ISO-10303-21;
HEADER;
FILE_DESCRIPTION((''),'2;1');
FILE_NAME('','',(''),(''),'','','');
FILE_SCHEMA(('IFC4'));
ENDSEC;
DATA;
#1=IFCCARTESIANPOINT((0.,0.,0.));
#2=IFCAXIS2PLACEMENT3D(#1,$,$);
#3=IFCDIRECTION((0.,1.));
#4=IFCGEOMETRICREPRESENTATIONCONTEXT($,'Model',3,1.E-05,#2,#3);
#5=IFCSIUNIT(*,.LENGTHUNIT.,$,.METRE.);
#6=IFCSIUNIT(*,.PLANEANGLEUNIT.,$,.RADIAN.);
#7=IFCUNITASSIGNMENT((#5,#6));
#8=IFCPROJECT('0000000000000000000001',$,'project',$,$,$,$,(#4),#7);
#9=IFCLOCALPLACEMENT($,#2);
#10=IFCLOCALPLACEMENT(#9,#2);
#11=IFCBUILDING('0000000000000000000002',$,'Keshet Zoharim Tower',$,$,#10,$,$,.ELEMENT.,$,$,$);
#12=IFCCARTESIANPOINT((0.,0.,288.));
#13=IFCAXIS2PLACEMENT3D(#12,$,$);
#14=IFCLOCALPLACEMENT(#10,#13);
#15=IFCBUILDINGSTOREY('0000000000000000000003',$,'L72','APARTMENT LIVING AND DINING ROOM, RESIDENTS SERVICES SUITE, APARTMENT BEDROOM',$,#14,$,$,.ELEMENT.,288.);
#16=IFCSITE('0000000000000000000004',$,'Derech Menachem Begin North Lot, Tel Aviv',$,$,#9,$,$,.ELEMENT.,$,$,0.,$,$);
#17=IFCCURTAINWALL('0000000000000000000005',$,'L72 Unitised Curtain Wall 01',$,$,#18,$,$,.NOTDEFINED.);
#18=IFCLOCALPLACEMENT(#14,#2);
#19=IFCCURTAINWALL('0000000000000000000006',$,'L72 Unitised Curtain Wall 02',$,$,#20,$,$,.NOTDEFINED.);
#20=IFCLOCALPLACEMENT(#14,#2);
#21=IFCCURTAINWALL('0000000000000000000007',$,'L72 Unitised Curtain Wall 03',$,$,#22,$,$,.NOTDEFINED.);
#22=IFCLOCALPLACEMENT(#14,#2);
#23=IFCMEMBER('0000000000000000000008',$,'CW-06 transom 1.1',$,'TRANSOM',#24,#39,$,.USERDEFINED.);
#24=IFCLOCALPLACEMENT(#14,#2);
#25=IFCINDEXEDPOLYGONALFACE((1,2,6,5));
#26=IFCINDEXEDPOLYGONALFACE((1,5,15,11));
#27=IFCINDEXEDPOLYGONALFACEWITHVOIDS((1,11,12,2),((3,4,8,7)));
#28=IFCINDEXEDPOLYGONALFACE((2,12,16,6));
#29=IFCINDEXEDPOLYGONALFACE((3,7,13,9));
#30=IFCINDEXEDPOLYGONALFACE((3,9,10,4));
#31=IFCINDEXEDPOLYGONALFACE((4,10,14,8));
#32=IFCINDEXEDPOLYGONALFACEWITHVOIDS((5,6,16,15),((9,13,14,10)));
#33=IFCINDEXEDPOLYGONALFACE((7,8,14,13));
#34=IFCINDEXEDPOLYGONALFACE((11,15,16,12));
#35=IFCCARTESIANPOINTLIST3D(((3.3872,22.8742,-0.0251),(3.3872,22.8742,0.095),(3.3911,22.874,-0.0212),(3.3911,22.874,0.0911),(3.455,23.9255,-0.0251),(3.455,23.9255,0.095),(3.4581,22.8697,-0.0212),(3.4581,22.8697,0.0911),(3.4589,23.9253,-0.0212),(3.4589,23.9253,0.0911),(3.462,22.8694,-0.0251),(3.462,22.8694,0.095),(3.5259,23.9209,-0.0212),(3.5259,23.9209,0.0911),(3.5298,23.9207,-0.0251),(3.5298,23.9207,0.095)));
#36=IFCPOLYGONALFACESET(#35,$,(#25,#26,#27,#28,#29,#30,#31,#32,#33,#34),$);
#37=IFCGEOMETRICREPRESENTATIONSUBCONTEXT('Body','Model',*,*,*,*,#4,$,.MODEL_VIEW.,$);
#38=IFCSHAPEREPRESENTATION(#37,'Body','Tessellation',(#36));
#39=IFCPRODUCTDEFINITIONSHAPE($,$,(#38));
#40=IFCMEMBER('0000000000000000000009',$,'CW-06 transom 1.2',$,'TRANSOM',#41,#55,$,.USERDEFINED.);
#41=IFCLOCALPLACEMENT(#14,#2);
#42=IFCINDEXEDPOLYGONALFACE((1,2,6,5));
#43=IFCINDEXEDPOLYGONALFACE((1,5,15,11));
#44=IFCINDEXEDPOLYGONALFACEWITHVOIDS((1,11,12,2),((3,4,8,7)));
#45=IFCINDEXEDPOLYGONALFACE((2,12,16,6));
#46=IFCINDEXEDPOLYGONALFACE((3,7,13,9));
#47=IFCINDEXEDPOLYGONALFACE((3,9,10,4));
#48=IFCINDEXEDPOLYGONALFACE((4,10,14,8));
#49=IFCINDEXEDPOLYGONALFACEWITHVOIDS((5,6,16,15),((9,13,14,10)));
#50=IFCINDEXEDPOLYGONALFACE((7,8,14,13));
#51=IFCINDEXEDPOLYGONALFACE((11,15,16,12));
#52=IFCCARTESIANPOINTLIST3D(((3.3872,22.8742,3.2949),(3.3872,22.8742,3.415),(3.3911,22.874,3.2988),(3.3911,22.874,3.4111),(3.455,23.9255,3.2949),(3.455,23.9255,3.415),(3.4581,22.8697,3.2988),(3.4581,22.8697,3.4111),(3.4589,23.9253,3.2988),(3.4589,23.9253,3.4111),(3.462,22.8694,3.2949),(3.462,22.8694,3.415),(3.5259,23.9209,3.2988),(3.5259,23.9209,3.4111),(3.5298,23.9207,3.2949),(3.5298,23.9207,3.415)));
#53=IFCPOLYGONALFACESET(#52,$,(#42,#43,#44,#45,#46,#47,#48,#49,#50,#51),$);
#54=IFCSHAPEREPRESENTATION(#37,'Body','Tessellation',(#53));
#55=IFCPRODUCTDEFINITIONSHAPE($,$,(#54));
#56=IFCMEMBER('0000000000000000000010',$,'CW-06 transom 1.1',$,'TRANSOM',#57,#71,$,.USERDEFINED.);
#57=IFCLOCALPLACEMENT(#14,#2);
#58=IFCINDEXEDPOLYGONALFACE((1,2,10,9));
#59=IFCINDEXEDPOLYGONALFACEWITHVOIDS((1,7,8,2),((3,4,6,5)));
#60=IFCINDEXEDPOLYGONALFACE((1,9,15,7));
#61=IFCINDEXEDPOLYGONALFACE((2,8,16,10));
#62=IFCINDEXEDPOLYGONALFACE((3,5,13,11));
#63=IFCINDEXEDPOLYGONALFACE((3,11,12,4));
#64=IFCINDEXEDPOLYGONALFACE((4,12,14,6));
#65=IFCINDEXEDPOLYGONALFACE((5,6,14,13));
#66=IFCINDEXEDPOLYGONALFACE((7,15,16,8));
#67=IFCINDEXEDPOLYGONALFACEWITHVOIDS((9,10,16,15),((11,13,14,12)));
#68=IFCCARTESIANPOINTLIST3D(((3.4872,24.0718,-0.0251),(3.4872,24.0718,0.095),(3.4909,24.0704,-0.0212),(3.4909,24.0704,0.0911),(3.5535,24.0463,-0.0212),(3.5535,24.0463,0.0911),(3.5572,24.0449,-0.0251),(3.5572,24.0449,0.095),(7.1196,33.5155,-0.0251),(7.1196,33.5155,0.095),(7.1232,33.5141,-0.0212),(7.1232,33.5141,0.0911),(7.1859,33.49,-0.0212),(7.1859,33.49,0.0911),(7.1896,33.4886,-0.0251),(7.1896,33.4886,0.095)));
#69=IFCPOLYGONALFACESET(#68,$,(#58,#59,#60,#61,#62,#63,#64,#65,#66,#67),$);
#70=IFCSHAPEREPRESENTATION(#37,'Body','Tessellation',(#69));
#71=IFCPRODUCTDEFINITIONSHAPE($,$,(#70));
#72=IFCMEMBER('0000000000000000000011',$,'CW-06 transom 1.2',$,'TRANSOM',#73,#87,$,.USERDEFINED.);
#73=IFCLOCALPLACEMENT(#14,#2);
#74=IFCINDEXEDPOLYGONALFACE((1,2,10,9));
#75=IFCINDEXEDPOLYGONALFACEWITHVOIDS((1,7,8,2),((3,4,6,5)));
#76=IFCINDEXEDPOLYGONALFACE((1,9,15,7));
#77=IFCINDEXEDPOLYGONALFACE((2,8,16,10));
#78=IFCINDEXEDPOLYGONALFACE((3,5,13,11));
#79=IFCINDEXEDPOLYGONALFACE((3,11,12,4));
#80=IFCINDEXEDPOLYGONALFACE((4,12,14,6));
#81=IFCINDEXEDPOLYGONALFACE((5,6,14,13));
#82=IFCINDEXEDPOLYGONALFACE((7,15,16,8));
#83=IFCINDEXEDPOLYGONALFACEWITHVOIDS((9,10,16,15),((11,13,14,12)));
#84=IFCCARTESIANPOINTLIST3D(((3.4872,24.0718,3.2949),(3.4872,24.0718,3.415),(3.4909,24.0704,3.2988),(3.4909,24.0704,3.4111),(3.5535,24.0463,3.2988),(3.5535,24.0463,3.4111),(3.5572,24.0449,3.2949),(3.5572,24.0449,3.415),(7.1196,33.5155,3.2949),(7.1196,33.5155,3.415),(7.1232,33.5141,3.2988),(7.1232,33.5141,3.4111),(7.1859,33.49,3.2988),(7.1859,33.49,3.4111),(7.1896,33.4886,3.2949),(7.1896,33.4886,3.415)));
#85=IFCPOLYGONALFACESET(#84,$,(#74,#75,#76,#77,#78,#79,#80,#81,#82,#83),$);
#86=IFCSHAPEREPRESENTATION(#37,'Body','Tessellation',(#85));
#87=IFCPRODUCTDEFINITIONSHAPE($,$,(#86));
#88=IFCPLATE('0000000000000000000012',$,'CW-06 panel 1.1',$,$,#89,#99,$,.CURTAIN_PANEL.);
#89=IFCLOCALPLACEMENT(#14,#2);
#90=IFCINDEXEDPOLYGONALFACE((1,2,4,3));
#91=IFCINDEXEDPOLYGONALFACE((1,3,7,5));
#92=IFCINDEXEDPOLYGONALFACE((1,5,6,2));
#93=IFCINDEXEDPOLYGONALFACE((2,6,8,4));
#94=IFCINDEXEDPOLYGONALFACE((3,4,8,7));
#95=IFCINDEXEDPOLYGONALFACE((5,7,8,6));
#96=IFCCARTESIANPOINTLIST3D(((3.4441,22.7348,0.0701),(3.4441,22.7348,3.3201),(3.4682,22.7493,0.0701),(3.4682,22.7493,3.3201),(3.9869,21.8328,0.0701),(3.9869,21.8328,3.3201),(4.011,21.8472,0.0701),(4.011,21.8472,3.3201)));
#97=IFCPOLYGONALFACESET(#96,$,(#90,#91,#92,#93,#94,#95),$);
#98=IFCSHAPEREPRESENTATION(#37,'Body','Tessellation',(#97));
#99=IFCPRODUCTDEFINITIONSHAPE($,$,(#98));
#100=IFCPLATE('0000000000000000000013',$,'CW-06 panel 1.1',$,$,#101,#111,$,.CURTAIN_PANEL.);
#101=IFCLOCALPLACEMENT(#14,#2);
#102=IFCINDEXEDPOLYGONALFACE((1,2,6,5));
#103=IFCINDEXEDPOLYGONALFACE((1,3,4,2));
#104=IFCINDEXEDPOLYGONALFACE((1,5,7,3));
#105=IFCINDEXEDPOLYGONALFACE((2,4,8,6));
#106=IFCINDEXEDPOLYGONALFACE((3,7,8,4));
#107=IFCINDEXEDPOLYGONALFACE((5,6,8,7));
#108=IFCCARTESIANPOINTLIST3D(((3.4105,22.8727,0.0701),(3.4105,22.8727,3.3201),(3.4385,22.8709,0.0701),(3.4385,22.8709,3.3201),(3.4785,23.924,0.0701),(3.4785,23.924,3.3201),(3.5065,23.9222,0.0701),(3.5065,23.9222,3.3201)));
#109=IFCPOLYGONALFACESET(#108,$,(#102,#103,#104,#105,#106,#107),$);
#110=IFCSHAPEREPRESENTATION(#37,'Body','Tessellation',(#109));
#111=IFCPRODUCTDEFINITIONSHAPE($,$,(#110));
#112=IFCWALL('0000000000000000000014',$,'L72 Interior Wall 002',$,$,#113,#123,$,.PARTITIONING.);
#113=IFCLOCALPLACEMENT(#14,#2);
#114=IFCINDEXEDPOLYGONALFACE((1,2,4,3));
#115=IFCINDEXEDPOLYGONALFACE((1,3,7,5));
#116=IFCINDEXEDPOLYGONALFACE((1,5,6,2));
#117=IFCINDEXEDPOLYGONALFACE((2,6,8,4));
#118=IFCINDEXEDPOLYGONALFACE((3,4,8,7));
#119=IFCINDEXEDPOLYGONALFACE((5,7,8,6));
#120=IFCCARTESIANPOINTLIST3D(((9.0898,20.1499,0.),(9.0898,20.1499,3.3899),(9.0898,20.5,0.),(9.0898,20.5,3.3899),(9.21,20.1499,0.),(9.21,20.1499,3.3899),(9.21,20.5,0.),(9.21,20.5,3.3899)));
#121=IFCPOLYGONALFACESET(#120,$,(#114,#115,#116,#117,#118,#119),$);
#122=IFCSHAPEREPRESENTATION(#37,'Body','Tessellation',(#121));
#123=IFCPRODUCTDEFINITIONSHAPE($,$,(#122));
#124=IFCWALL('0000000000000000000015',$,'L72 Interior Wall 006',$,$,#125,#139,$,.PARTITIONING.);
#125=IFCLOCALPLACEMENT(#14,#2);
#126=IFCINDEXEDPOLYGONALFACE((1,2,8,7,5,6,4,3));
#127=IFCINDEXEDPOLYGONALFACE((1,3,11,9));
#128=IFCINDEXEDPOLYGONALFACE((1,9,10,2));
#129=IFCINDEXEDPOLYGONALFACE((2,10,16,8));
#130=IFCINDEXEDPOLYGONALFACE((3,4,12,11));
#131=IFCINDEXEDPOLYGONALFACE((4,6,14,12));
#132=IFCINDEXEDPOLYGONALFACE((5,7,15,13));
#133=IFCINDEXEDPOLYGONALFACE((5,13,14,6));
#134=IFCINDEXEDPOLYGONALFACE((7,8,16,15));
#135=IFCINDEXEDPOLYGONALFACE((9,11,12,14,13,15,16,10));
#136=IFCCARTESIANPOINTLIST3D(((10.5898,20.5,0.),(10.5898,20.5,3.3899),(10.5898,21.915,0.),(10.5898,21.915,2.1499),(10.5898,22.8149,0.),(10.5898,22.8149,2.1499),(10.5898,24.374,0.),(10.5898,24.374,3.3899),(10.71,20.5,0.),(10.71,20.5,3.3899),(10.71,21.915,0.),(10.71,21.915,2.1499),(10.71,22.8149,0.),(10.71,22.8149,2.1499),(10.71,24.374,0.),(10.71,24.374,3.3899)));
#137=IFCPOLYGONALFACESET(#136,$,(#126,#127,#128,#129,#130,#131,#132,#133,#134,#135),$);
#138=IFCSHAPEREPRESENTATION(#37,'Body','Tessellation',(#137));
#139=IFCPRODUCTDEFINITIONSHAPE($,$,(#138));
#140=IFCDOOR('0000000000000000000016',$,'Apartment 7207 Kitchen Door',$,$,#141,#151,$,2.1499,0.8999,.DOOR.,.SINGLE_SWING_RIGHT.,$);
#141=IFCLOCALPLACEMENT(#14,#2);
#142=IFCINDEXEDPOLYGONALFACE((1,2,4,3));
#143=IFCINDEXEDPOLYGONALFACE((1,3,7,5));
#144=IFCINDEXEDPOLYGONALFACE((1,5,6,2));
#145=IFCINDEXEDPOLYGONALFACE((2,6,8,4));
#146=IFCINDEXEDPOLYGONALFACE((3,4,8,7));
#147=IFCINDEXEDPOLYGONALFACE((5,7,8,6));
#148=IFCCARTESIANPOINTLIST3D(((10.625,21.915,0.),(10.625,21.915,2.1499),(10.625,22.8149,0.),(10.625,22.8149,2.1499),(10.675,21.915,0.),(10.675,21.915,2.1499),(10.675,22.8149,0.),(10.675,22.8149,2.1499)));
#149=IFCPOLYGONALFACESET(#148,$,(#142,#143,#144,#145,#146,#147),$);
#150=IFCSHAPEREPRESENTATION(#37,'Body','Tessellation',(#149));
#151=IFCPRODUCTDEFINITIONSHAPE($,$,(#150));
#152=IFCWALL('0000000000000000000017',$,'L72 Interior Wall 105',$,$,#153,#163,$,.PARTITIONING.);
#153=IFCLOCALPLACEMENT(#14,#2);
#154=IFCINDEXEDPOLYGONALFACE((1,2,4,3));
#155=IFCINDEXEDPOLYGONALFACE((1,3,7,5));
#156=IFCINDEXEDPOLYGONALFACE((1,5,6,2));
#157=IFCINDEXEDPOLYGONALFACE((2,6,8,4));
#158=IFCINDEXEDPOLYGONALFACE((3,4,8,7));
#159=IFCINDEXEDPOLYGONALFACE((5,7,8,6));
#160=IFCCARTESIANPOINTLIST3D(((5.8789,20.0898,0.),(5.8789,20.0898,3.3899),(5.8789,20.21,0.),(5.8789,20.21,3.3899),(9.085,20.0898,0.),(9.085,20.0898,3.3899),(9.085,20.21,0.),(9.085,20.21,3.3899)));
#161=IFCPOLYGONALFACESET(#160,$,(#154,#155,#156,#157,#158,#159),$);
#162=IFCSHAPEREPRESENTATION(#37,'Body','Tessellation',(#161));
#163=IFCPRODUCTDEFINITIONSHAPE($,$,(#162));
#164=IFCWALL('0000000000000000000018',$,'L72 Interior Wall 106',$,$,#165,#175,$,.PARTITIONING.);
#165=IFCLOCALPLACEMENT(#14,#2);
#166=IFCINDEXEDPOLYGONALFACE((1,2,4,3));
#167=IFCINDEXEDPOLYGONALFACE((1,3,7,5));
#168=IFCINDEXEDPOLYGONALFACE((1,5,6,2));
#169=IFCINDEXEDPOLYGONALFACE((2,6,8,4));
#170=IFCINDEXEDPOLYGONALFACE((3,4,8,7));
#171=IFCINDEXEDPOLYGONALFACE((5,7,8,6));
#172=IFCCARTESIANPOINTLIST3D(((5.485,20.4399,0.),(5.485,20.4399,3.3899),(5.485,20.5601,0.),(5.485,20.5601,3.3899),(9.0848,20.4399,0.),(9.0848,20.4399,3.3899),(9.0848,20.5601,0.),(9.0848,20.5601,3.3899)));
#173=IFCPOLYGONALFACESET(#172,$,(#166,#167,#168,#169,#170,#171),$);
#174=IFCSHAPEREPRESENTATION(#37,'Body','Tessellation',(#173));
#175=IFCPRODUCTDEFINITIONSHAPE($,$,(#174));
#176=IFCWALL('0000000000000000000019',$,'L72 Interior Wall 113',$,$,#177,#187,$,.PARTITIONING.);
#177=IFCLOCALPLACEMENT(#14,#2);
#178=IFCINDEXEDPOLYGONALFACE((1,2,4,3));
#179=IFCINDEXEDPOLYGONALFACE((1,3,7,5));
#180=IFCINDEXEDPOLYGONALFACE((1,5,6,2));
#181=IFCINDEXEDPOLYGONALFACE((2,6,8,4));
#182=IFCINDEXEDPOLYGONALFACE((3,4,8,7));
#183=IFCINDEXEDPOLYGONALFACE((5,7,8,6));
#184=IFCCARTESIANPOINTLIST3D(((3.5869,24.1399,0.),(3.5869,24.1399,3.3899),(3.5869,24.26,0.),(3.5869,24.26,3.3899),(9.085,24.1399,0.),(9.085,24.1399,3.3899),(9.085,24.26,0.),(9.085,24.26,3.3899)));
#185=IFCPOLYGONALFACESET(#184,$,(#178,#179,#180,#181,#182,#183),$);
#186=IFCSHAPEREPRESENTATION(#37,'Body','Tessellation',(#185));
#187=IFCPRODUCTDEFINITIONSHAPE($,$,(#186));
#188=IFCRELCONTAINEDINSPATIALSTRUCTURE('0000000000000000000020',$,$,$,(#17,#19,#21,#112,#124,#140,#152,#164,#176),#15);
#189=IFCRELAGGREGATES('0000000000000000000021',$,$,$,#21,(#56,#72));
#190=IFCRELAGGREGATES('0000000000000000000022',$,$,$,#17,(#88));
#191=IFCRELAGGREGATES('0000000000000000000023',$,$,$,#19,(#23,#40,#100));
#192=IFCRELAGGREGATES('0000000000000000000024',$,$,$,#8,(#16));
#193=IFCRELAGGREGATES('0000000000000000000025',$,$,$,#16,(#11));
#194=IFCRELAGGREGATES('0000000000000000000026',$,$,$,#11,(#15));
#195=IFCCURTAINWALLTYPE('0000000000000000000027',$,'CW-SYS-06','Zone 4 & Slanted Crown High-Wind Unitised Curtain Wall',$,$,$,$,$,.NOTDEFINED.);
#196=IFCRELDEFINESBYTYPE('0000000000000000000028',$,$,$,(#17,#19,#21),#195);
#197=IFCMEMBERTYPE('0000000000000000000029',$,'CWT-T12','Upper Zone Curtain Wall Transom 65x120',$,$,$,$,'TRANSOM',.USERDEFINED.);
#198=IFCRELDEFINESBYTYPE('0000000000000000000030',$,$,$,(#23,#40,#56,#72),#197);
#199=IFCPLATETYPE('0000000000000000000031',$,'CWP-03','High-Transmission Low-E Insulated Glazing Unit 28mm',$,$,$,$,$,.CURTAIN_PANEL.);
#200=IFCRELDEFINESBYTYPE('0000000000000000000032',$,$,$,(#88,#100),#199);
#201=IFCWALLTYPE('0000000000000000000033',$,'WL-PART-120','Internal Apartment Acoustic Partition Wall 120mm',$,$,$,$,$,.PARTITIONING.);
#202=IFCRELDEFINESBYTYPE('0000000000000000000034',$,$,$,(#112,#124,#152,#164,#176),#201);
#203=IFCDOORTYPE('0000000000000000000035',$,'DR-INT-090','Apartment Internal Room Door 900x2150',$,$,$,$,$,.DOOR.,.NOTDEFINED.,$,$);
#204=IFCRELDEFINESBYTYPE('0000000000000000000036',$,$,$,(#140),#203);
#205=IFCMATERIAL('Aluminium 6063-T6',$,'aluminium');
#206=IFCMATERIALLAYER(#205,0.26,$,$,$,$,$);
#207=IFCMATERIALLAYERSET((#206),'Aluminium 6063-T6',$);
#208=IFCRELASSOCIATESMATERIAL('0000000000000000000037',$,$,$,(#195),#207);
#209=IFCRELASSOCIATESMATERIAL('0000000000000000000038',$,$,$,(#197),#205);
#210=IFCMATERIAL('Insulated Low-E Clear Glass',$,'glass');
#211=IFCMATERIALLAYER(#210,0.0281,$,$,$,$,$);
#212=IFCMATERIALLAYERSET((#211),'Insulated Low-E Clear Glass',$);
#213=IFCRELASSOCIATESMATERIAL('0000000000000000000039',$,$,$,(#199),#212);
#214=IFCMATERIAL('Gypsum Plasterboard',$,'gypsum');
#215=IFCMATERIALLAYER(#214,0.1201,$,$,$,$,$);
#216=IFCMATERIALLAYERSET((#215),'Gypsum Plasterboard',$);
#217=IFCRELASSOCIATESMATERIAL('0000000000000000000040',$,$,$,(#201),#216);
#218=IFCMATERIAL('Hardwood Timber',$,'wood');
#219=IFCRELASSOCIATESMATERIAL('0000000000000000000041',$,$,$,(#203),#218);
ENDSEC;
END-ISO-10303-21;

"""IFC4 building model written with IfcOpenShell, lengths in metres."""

from ifc_helpers import new_model, si_unit, direction, frame, frame_2d, origin, origin_2d, place, context, subcontext, project, spatial, rectangle, hollow_rectangle, extrude, material, layer, layer_set, material_profile, profile_set, type_object, element, fill, aggregate, save


model = new_model("IFC4")

# Units and contexts
model_context = context("Model", 3, precision=1e-05, world=origin(), true_north=direction((0.0, 1.0)))
body_context = subcontext(model_context, "Body", "Model", "MODEL_VIEW")
ifc_project = project(units=[si_unit("LENGTHUNIT", "METRE"), si_unit("PLANEANGLEUNIT", "RADIAN")], contexts=[model_context])

# Site, building, storey
site_placement = place(None, origin())
site = spatial("IfcSite", under=ifc_project, at=site_placement, Name="Derech Menachem Begin North Lot, Tel Aviv", CompositionType="ELEMENT", RefElevation=0.0)
building_placement = place(site_placement, origin())
building = spatial("IfcBuilding", under=site, at=building_placement, Name="Keshet Zoharim Tower", CompositionType="ELEMENT")
storey_placement = place(building_placement, frame((0.0, 0.0, 288.0)))
storey = spatial("IfcBuildingStorey", under=building, at=storey_placement, Name="L72", Description="APARTMENT LIVING AND DINING ROOM, RESIDENTS SERVICES SUITE, APARTMENT BEDROOM", CompositionType="ELEMENT", Elevation=288.0)

# Curtain walls
ifc_material_1 = material(Name="Aluminium 6063-T6", Category="aluminium")
ifc_layer_1 = layer(ifc_material_1, 0.26)
ifc_layer_set_1 = layer_set([ifc_layer_1], Name="Aluminium 6063-T6")
curtain_wall_type = type_object("IfcCurtainWallType", Name="CW-SYS-06", Description="Zone 4 & Slanted Crown High-Wind Unitised Curtain Wall", PredefinedType="NOTDEFINED", material=ifc_layer_set_1)
curtain_wall_1_placement = place(storey_placement, origin())
curtain_wall_1 = element("IfcCurtainWall", 1, at=curtain_wall_1_placement, inside=storey, type_object=curtain_wall_type, Name="L72 Unitised Curtain Wall 01", PredefinedType="NOTDEFINED")
curtain_wall_2_placement = place(storey_placement, origin())
curtain_wall_2 = element("IfcCurtainWall", 2, at=curtain_wall_2_placement, inside=storey, type_object=curtain_wall_type, Name="L72 Unitised Curtain Wall 02", PredefinedType="NOTDEFINED")

# Curtain wall
curtain_wall_3_placement = place(storey_placement, origin())
curtain_wall_3 = element("IfcCurtainWall", 3, at=curtain_wall_3_placement, inside=storey, type_object=curtain_wall_type, Name="L72 Unitised Curtain Wall 03", PredefinedType="NOTDEFINED")

# Members
ifc_material_profile_1 = material_profile(ifc_material_1, hollow_rectangle(XDim=0.075, YDim=0.1201, WallThickness=0.0039, at=origin_2d()), Name="TRN-75x120")
ifc_profile_set_1 = profile_set([ifc_material_profile_1], Name="Aluminium 6063-T6")
member_type_1 = type_object("IfcMemberType", Name="CWT-T12", Description="Upper Zone Curtain Wall Transom 65x120", ElementType="TRANSOM", PredefinedType="USERDEFINED", material=ifc_profile_set_1)
member_1_placement = place(storey_placement, frame((3.4246, 22.8718, 0.0349), z_axis=(0.064427, 0.997922, 0.0), x_axis=(-0.997922, 0.064427, 0.0)))
member_1 = element("IfcMember", 4, at=member_1_placement, type_object=member_type_1, Name="CW-06 transom 1.1", ObjectType="TRANSOM", PredefinedType="USERDEFINED", context=body_context, shape_type="SweptSolid", body=[
    extrude(hollow_rectangle(XDim=0.075, YDim=0.1201, WallThickness=0.0039, at=origin_2d()), origin(), (0.0, 0.0, 1.0), 1.0535),
])
member_2_placement = place(storey_placement, frame((3.4246, 22.8718, 3.355), z_axis=(0.064427, 0.997922, 0.0), x_axis=(-0.997922, 0.064427, 0.0)))
member_2 = element("IfcMember", 5, at=member_2_placement, type_object=member_type_1, Name="CW-06 transom 1.2", ObjectType="TRANSOM", PredefinedType="USERDEFINED", context=body_context, shape_type="SweptSolid", body=[
    extrude(hollow_rectangle(XDim=0.075, YDim=0.1201, WallThickness=0.0039, at=origin_2d()), origin(), (0.0, 0.0, 1.0), 1.0535),
])
member_3_placement = place(storey_placement, frame((3.5222, 24.0583, 0.0349), z_axis=(0.358994, 0.93334, 0.0), x_axis=(-0.93334, 0.358994, 0.0)))
member_3 = element("IfcMember", 6, at=member_3_placement, type_object=member_type_1, Name="CW-06 transom 1.1", ObjectType="TRANSOM", PredefinedType="USERDEFINED", context=body_context, shape_type="SweptSolid", body=[
    extrude(hollow_rectangle(XDim=0.075, YDim=0.1201, WallThickness=0.0039, at=origin_2d()), origin(), (0.0, 0.0, 1.0), 10.1182),
])
member_4_placement = place(storey_placement, frame((3.5222, 24.0583, 3.355), z_axis=(0.358994, 0.93334, 0.0), x_axis=(-0.93334, 0.358994, 0.0)))
member_4 = element("IfcMember", 7, at=member_4_placement, type_object=member_type_1, Name="CW-06 transom 1.2", ObjectType="TRANSOM", PredefinedType="USERDEFINED", context=body_context, shape_type="SweptSolid", body=[
    extrude(hollow_rectangle(XDim=0.075, YDim=0.1201, WallThickness=0.0039, at=origin_2d()), origin(), (0.0, 0.0, 1.0), 10.1182),
])
aggregate(curtain_wall_3, [member_3, member_4])

# Plates
ifc_material_2 = material(Name="Insulated Low-E Clear Glass", Category="glass")
ifc_layer_2 = layer(ifc_material_2, 0.0281)
ifc_layer_set_2 = layer_set([ifc_layer_2], Name="Insulated Low-E Clear Glass")
plate_type = type_object("IfcPlateType", Name="CWP-03", Description="High-Transmission Low-E Insulated Glazing Unit 28mm", PredefinedType="CURTAIN_PANEL", material=ifc_layer_set_2)
plate_1_placement = place(storey_placement, frame((3.7275, 22.291, 0.0701), z_axis=(0.0, 0.0, 1.0), x_axis=(-0.515605, 0.856826, 0.0)))
plate_1 = element("IfcPlate", 8, at=plate_1_placement, type_object=plate_type, Name="CW-06 panel 1.1", PredefinedType="CURTAIN_PANEL", context=body_context, shape_type="SweptSolid", body=[
    extrude(rectangle(XDim=1.0527, YDim=0.0281, at=origin_2d()), origin(), (0.0, 0.0, 1.0), 3.25),
])
aggregate(curtain_wall_1, [plate_1])
plate_2_placement = place(storey_placement, frame((3.4585, 23.3975, 0.0701), z_axis=(0.0, 0.0, 1.0), x_axis=(0.064517, 0.997917, 0.0)))
plate_2 = element("IfcPlate", 9, at=plate_2_placement, type_object=plate_type, Name="CW-06 panel 1.1", PredefinedType="CURTAIN_PANEL", context=body_context, shape_type="SweptSolid", body=[
    extrude(rectangle(XDim=1.0535, YDim=0.0281, at=origin_2d()), origin(), (0.0, 0.0, 1.0), 3.25),
])
aggregate(curtain_wall_2, [member_1, member_2, plate_2])

# Wall
ifc_material_3 = material(Name="Gypsum Plasterboard", Category="gypsum")
ifc_layer_3 = layer(ifc_material_3, 0.1201)
ifc_layer_set_3 = layer_set([ifc_layer_3], Name="Gypsum Plasterboard")
wall_type_1 = type_object("IfcWallType", Name="WL-PART-120", Description="Internal Apartment Acoustic Partition Wall 120mm", PredefinedType="PARTITIONING", material=ifc_layer_set_3)
wall_1_placement = place(storey_placement, frame((9.1499, 20.1499, 0.0), z_axis=(0.0, 0.0, 1.0), x_axis=(0.0, 1.0, 0.0)))
element("IfcWall", 10, at=wall_1_placement, inside=storey, type_object=wall_type_1, Name="L72 Interior Wall 002", PredefinedType="PARTITIONING", context=body_context, shape_type="SweptSolid", body=[
    extrude(rectangle(XDim=0.3501, YDim=0.1201, at=frame_2d((0.175, 0.0))), origin(), (0.0, 0.0, 1.0), 3.3899),
])

# Shared definitions
ifc_material_4 = material(Name="Hardwood Timber", Category="wood")
door_type_1 = type_object("IfcDoorType", Name="DR-INT-090", Description="Apartment Internal Room Door 900x2150", OperationType="NOTDEFINED", PredefinedType="DOOR", material=ifc_material_4)

# Wall, opening, door
wall_2_placement = place(storey_placement, frame((10.6499, 20.5, 0.0), z_axis=(0.0, 0.0, 1.0), x_axis=(0.0, 1.0, 0.0)))
wall_2 = element("IfcWall", 11, at=wall_2_placement, inside=storey, type_object=wall_type_1, Name="L72 Interior Wall 006", PredefinedType="PARTITIONING", context=body_context, shape_type="SweptSolid", body=[
    extrude(rectangle(XDim=3.874, YDim=0.1201, at=frame_2d((1.937, 0.0))), origin(), (0.0, 0.0, 1.0), 3.3899),
])
opening_1_placement = place(wall_2_placement, frame((1.415, 0.0, 0.0)))
opening_1 = element("IfcOpeningElement", 12, at=opening_1_placement, cuts=wall_2, PredefinedType="OPENING", context=body_context, shape_type="SweptSolid", body=[
    extrude(rectangle(XDim=0.8999, YDim=2.1499, at=frame_2d((0.45, 1.075))), frame((0.0, 0.0701, 0.0), z_axis=(0.0, -1.0, 0.0), x_axis=(1.0, 0.0, 0.0)), (0.0, 0.0, 1.0), 0.1401),
])
door_1_placement = place(opening_1_placement, origin())
door_1 = element("IfcDoor", 13, at=door_1_placement, inside=storey, type_object=door_type_1, Name="Apartment 7207 Kitchen Door", OperationType="SINGLE_SWING_RIGHT", OverallHeight=2.1499, OverallWidth=0.8999, PredefinedType="DOOR", context=body_context, shape_type="SweptSolid", body=[
    extrude(rectangle(XDim=0.8999, YDim=2.1499, at=frame_2d((0.45, 1.075))), frame((0.0, 0.0249, 0.0), z_axis=(0.0, -1.0, 0.0), x_axis=(1.0, 0.0, 0.0)), (0.0, 0.0, 1.0), 0.05),
])
fill(opening_1, door_1)

# Walls
wall_3_placement = place(storey_placement, frame((5.8789, 20.1499, 0.0), z_axis=(0.0, 0.0, 1.0), x_axis=(1.0, 0.0, 0.0)))
element("IfcWall", 14, at=wall_3_placement, inside=storey, type_object=wall_type_1, Name="L72 Interior Wall 105", PredefinedType="PARTITIONING", context=body_context, shape_type="SweptSolid", body=[
    extrude(rectangle(XDim=3.2061, YDim=0.1201, at=frame_2d((1.603, 0.0))), origin(), (0.0, 0.0, 1.0), 3.3899),
])
wall_4_placement = place(storey_placement, frame((5.4851, 20.5, 0.0), z_axis=(0.0, 0.0, 1.0), x_axis=(1.0, 0.0, 0.0)))
element("IfcWall", 15, at=wall_4_placement, inside=storey, type_object=wall_type_1, Name="L72 Interior Wall 106", PredefinedType="PARTITIONING", context=body_context, shape_type="SweptSolid", body=[
    extrude(rectangle(XDim=3.5999, YDim=0.1201, at=frame_2d((1.7998, 0.0))), origin(), (0.0, 0.0, 1.0), 3.3899),
])
wall_5_placement = place(storey_placement, frame((3.5869, 24.2, 0.0), z_axis=(0.0, 0.0, 1.0), x_axis=(1.0, 0.0, 0.0)))
element("IfcWall", 16, at=wall_5_placement, inside=storey, type_object=wall_type_1, Name="L72 Interior Wall 113", PredefinedType="PARTITIONING", context=body_context, shape_type="SweptSolid", body=[
    extrude(rectangle(XDim=5.498, YDim=0.1201, at=frame_2d((2.749, 0.0))), origin(), (0.0, 0.0, 1.0), 3.3899),
])

save(model, "model.ifc")
